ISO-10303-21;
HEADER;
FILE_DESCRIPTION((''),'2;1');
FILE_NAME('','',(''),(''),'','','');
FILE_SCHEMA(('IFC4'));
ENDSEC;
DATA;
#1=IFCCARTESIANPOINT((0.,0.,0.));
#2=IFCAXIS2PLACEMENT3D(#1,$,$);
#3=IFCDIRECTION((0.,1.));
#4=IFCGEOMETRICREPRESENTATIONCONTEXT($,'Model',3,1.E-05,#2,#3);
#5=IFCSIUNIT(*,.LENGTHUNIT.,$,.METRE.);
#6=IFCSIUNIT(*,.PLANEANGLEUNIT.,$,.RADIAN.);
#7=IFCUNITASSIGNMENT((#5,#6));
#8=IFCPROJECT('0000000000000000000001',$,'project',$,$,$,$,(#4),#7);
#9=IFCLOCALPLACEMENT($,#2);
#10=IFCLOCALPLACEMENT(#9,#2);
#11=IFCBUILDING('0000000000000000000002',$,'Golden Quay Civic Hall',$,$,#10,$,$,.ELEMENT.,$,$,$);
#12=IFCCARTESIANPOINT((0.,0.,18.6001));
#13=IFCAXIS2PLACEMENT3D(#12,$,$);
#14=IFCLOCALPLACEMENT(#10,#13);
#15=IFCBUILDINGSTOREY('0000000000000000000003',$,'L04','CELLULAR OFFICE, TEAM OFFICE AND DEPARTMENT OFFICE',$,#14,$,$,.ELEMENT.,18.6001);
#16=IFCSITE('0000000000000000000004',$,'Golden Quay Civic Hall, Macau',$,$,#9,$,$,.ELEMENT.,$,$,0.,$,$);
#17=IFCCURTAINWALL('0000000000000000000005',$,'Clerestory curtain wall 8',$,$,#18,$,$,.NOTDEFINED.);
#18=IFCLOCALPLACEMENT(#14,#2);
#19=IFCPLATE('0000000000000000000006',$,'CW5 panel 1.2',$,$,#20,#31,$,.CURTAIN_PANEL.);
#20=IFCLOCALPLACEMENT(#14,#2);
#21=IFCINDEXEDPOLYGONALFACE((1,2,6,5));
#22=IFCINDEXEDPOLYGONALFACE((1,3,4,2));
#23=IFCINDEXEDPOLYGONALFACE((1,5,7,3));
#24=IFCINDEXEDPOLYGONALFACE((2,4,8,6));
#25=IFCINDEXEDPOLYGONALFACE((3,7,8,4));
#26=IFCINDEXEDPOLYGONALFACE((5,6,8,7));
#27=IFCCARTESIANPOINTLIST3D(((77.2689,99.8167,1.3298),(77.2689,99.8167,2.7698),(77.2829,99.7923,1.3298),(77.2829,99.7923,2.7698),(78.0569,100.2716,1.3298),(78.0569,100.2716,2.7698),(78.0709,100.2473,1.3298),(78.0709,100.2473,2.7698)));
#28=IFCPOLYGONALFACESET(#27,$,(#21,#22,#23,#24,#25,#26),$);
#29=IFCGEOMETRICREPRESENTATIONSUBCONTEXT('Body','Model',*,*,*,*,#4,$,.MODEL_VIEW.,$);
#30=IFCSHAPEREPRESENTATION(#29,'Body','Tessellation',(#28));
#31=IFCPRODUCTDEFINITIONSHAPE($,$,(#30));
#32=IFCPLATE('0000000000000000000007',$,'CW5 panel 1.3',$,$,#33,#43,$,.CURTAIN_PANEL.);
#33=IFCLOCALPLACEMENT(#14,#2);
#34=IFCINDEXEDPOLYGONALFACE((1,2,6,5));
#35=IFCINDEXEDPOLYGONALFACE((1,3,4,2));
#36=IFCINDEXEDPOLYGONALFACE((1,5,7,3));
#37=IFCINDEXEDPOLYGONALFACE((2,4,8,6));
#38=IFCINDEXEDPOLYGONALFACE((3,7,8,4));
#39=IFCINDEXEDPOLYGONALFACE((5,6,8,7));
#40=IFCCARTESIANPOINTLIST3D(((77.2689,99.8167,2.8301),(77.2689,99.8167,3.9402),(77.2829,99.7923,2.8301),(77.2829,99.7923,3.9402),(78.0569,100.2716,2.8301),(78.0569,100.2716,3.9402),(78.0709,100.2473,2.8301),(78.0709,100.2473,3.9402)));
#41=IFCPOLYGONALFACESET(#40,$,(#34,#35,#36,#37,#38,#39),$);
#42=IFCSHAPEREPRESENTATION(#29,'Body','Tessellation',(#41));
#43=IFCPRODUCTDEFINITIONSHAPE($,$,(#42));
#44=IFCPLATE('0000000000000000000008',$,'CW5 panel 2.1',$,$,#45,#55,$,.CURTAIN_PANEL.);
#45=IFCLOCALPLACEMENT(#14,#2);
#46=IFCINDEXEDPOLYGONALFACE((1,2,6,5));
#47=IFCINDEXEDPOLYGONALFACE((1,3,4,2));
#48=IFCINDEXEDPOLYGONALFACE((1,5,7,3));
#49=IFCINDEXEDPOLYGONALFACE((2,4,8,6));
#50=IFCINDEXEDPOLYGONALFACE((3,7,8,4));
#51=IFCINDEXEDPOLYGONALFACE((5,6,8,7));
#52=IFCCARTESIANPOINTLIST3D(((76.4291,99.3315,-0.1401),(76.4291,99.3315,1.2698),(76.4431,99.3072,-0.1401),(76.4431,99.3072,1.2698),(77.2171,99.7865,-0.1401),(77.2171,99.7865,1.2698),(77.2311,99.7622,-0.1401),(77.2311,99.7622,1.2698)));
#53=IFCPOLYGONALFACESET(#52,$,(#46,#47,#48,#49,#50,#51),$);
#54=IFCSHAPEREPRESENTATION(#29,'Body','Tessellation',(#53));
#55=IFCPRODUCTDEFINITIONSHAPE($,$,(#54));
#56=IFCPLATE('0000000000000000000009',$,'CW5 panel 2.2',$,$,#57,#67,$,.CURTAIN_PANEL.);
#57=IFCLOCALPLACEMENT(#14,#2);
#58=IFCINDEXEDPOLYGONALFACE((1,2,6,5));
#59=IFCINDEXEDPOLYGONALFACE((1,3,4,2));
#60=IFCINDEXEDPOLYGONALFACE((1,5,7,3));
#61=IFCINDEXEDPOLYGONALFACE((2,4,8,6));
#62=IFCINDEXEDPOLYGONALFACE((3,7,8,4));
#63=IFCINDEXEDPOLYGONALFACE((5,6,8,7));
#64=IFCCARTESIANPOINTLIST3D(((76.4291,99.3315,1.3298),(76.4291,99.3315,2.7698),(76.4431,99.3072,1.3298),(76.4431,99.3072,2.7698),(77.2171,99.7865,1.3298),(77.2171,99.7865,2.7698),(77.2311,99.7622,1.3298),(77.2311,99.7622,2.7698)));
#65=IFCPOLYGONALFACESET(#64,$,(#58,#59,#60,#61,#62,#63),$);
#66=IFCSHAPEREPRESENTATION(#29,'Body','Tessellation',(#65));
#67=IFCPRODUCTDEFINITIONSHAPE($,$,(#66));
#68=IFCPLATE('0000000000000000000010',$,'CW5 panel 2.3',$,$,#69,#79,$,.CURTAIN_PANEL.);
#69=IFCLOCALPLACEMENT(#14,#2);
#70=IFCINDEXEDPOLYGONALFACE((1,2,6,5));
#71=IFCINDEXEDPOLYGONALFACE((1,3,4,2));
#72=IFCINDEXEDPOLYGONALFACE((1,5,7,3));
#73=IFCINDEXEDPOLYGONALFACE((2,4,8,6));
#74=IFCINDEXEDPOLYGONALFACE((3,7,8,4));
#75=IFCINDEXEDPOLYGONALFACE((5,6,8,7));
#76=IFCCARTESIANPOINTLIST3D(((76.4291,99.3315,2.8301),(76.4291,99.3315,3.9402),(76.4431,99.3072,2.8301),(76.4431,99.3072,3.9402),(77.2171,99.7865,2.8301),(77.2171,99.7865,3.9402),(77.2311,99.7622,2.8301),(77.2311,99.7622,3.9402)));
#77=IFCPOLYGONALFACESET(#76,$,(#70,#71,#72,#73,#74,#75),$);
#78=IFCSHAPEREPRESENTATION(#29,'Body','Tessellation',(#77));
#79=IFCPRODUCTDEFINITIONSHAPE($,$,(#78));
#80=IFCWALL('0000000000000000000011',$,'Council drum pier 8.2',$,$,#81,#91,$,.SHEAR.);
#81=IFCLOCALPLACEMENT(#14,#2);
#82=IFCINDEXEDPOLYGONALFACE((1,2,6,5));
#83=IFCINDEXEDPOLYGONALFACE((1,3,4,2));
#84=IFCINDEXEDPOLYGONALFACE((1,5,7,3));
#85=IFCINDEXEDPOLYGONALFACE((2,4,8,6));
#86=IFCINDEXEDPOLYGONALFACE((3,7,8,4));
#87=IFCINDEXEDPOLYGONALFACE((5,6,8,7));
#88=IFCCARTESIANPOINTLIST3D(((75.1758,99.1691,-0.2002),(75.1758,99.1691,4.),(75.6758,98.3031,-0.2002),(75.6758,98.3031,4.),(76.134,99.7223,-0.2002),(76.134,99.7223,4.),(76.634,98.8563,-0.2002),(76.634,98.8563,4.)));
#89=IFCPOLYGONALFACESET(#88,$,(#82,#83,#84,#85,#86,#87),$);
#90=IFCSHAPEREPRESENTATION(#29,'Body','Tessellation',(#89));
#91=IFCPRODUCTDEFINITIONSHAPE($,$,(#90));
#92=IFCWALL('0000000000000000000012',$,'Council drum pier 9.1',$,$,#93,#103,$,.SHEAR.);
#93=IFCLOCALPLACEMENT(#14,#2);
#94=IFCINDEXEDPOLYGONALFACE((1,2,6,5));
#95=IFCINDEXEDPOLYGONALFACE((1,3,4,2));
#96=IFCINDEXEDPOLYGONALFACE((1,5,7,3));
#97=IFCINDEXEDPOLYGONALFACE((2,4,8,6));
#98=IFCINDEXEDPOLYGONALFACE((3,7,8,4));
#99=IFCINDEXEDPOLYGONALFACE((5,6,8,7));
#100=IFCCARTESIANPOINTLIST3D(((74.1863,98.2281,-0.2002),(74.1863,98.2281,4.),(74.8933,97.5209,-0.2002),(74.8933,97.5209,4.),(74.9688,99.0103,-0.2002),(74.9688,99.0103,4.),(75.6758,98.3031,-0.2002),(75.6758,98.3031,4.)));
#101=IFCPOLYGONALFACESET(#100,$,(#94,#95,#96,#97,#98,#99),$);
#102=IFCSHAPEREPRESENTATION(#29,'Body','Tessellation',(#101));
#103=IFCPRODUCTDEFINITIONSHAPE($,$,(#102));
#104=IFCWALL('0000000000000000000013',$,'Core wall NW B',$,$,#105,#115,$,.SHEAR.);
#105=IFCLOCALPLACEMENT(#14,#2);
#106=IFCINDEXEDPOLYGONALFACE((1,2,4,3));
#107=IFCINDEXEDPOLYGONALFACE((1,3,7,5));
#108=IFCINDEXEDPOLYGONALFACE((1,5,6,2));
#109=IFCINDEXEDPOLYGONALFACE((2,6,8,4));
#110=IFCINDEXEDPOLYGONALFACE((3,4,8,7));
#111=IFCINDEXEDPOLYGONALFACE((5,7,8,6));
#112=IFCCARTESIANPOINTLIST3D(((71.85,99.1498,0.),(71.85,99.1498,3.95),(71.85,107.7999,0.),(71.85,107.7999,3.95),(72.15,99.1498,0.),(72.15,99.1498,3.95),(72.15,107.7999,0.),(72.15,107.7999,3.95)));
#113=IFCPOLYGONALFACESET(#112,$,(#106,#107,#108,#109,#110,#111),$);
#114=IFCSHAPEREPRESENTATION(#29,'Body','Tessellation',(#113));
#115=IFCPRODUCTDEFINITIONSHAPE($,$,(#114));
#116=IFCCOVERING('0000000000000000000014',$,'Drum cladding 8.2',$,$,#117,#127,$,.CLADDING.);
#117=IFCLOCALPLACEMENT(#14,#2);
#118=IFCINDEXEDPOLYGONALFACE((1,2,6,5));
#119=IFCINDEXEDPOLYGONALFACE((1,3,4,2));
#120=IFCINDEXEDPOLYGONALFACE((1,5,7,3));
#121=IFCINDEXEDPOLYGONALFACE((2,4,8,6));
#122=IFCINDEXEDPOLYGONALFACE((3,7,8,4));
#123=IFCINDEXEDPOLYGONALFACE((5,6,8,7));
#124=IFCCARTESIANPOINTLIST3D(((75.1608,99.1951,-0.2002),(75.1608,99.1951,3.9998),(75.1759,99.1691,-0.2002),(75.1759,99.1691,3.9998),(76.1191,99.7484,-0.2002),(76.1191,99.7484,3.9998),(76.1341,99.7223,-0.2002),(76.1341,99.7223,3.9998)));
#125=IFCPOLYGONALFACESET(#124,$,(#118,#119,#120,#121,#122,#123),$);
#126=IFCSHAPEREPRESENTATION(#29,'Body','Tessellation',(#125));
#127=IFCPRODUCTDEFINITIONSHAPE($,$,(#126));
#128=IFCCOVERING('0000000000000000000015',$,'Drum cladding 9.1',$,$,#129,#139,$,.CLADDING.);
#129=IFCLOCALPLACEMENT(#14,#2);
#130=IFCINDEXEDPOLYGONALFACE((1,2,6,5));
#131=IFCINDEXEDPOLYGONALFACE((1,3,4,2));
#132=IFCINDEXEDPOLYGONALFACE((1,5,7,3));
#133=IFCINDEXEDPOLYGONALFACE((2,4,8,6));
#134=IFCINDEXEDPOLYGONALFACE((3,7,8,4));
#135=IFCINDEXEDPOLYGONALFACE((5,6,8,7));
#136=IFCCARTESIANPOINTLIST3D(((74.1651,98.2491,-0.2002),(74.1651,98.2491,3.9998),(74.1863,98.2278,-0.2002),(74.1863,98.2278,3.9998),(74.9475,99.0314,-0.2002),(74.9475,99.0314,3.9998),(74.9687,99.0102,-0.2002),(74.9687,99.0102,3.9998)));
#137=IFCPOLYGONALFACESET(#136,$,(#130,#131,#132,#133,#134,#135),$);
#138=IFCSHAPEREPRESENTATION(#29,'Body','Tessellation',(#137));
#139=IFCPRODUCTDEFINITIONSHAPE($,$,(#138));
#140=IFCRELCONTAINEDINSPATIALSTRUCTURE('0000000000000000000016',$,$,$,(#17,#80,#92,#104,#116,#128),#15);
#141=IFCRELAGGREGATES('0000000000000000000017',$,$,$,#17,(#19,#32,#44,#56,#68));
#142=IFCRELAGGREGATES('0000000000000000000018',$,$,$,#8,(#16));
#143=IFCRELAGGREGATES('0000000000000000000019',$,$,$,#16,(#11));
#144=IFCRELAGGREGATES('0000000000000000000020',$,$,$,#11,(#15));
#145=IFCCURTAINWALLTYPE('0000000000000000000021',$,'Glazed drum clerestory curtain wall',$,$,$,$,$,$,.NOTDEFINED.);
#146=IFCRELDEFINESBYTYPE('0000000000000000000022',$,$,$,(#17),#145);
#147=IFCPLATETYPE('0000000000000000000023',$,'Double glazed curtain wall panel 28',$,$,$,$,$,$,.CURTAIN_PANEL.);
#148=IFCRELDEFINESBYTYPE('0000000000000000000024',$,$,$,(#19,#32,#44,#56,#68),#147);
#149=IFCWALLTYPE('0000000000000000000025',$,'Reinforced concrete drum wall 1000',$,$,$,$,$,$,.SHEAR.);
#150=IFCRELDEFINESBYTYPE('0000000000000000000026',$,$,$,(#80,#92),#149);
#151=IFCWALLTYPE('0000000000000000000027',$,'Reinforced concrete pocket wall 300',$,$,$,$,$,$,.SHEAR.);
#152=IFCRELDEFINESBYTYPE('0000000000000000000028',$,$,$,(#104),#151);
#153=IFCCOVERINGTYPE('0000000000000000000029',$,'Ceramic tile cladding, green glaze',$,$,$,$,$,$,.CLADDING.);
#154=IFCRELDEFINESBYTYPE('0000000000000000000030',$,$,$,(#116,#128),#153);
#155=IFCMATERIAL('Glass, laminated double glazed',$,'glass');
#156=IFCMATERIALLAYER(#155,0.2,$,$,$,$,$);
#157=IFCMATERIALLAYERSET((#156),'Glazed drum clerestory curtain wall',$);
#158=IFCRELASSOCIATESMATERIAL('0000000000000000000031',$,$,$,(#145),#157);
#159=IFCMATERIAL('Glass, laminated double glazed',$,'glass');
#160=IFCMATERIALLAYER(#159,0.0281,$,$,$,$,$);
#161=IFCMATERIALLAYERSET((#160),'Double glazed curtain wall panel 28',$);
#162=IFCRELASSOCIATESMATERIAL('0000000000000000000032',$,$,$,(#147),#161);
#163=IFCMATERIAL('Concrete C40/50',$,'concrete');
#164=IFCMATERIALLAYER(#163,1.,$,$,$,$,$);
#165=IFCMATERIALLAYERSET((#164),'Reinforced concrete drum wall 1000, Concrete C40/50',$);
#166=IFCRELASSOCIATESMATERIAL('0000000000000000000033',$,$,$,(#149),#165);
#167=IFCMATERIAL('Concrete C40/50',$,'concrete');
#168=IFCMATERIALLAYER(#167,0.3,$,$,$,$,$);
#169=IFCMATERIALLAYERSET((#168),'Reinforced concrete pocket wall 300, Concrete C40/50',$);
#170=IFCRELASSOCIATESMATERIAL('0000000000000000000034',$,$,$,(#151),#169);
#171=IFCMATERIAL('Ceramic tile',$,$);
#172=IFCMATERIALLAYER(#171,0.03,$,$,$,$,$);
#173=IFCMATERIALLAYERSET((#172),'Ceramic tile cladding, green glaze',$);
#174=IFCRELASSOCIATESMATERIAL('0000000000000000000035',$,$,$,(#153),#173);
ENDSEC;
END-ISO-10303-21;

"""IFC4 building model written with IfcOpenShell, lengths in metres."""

from ifc_helpers import new_model, si_unit, direction, frame, frame_2d, origin, origin_2d, place, context, subcontext, project, spatial, rectangle, extrude, material, layer, layer_set, type_object, element, aggregate, save


model = new_model("IFC4")

# Units and contexts
model_context = context("Model", 3, precision=1e-05, world=origin(), true_north=direction((0.0, 1.0)))
body_context = subcontext(model_context, "Body", "Model", "MODEL_VIEW")
ifc_project = project(units=[si_unit("LENGTHUNIT", "METRE"), si_unit("PLANEANGLEUNIT", "RADIAN")], contexts=[model_context])

# Site, building, storey
site_placement = place(None, origin())
site = spatial("IfcSite", under=ifc_project, at=site_placement, Name="Golden Quay Civic Hall, Macau", CompositionType="ELEMENT", RefElevation=0.0)
building_placement = place(site_placement, origin())
building = spatial("IfcBuilding", under=site, at=building_placement, Name="Golden Quay Civic Hall", CompositionType="ELEMENT")
storey_placement = place(building_placement, frame((0.0, 0.0, 18.6001)))
storey = spatial("IfcBuildingStorey", under=building, at=storey_placement, Name="L04", Description="CELLULAR OFFICE, TEAM OFFICE AND DEPARTMENT OFFICE", CompositionType="ELEMENT", Elevation=18.6001)

# Curtain wall
ifc_material_1 = material(Name="Glass, laminated double glazed", Category="glass")
ifc_layer_1 = layer(ifc_material_1, 0.2)
ifc_layer_set_1 = layer_set([ifc_layer_1], Name="Glazed drum clerestory curtain wall")
curtain_wall_type = type_object("IfcCurtainWallType", Name="Glazed drum clerestory curtain wall", PredefinedType="NOTDEFINED", material=ifc_layer_set_1)
curtain_wall_1_placement = place(storey_placement, origin())
curtain_wall_1 = element("IfcCurtainWall", 1, at=curtain_wall_1_placement, inside=storey, type_object=curtain_wall_type, Name="Clerestory curtain wall 8", PredefinedType="NOTDEFINED")

# Plates
ifc_material_2 = material(Name="Glass, laminated double glazed", Category="glass")
ifc_layer_2 = layer(ifc_material_2, 0.0281)
ifc_layer_set_2 = layer_set([ifc_layer_2], Name="Double glazed curtain wall panel 28")
plate_type = type_object("IfcPlateType", Name="Double glazed curtain wall panel 28", PredefinedType="CURTAIN_PANEL", material=ifc_layer_set_2)
plate_1_placement = place(storey_placement, frame((77.6699, 100.032, 1.3298), z_axis=(0.0, 0.0, 1.0), x_axis=(-0.866019, -0.500011, 0.0)))
plate_1 = element("IfcPlate", 2, at=plate_1_placement, type_object=plate_type, Name="CW5 panel 1.2", PredefinedType="CURTAIN_PANEL", context=body_context, shape_type="SweptSolid", body=[
    extrude(rectangle(XDim=0.9099, YDim=0.0281, at=origin_2d()), origin(), (0.0, 0.0, 1.0), 1.4399),
])
plate_2_placement = place(storey_placement, frame((77.6699, 100.032, 2.8301), z_axis=(0.0, 0.0, 1.0), x_axis=(-0.866019, -0.500011, 0.0)))
plate_2 = element("IfcPlate", 3, at=plate_2_placement, type_object=plate_type, Name="CW5 panel 1.3", PredefinedType="CURTAIN_PANEL", context=body_context, shape_type="SweptSolid", body=[
    extrude(rectangle(XDim=0.9099, YDim=0.0281, at=origin_2d()), origin(), (0.0, 0.0, 1.0), 1.1101),
])
plate_3_placement = place(storey_placement, frame((76.8301, 99.5469, -0.1401), z_axis=(0.0, 0.0, 1.0), x_axis=(-0.866019, -0.500011, 0.0)))
plate_3 = element("IfcPlate", 4, at=plate_3_placement, type_object=plate_type, Name="CW5 panel 2.1", PredefinedType="CURTAIN_PANEL", context=body_context, shape_type="SweptSolid", body=[
    extrude(rectangle(XDim=0.9099, YDim=0.0281, at=origin_2d()), origin(), (0.0, 0.0, 1.0), 1.4099),
])
plate_4_placement = place(storey_placement, frame((76.8301, 99.5469, 1.3298), z_axis=(0.0, 0.0, 1.0), x_axis=(-0.866019, -0.500011, 0.0)))
plate_4 = element("IfcPlate", 5, at=plate_4_placement, type_object=plate_type, Name="CW5 panel 2.2", PredefinedType="CURTAIN_PANEL", context=body_context, shape_type="SweptSolid", body=[
    extrude(rectangle(XDim=0.9099, YDim=0.0281, at=origin_2d()), origin(), (0.0, 0.0, 1.0), 1.4399),
])
plate_5_placement = place(storey_placement, frame((76.8301, 99.5469, 2.8301), z_axis=(0.0, 0.0, 1.0), x_axis=(-0.866019, -0.500011, 0.0)))
plate_5 = element("IfcPlate", 6, at=plate_5_placement, type_object=plate_type, Name="CW5 panel 2.3", PredefinedType="CURTAIN_PANEL", context=body_context, shape_type="SweptSolid", body=[
    extrude(rectangle(XDim=0.9099, YDim=0.0281, at=origin_2d()), origin(), (0.0, 0.0, 1.0), 1.1101),
])
aggregate(curtain_wall_1, [plate_1, plate_2, plate_3, plate_4, plate_5])

# Walls
ifc_material_3 = material(Name="Concrete C40/50", Category="concrete")
ifc_layer_3 = layer(ifc_material_3, 1.0)
ifc_layer_set_3 = layer_set([ifc_layer_3], Name="Reinforced concrete drum wall 1000, Concrete C40/50")
wall_type_1 = type_object("IfcWallType", Name="Reinforced concrete drum wall 1000", PredefinedType="SHEAR", material=ifc_layer_set_3)
for number, where, z_axis, x_axis, name in (
    (7, (76.384, 99.2893, -0.2002), (0.0, 0.0, 1.0), (-0.866035, -0.499983, 0.0), "Council drum pier 8.2"),
    (8, (75.3223, 98.6567, -0.2002), (0.0, 0.0, 1.0), (-0.707217, -0.706996, 0.0), "Council drum pier 9.1"),
):
    element("IfcWall", number, at=place(storey_placement, frame(where, z_axis=z_axis, x_axis=x_axis)), inside=storey, type_object=wall_type_1, Name=name, PredefinedType="SHEAR", context=body_context, shape_type="SweptSolid", body=[
        extrude(rectangle(XDim=1.1064, YDim=1.0, at=frame_2d((0.5532, 0.0))), origin(), (0.0, 0.0, 1.0), 4.2002),
    ])
ifc_material_4 = material(Name="Concrete C40/50", Category="concrete")
ifc_layer_4 = layer(ifc_material_4, 0.3)
ifc_layer_set_4 = layer_set([ifc_layer_4], Name="Reinforced concrete pocket wall 300, Concrete C40/50")
wall_type_2 = type_object("IfcWallType", Name="Reinforced concrete pocket wall 300", PredefinedType="SHEAR", material=ifc_layer_set_4)
wall_placement = place(storey_placement, frame((72.0, 107.8, 0.0), z_axis=(0.0, 0.0, 1.0), x_axis=(0.0, -1.0, 0.0)))
element("IfcWall", 9, at=wall_placement, inside=storey, type_object=wall_type_2, Name="Core wall NW B", PredefinedType="SHEAR", context=body_context, shape_type="SweptSolid", body=[
    extrude(rectangle(XDim=8.6501, YDim=0.3, at=frame_2d((4.3252, 0.0))), origin(), (0.0, 0.0, 1.0), 3.95),
])

# Coverings
ifc_material_5 = material(Name="Ceramic tile")
ifc_layer_5 = layer(ifc_material_5, 0.03)
ifc_layer_set_5 = layer_set([ifc_layer_5], Name="Ceramic tile cladding, green glaze")
covering_type = type_object("IfcCoveringType", Name="Ceramic tile cladding, green glaze", PredefinedType="CLADDING", material=ifc_layer_set_5)
for number, where, z_axis, x_axis, name in (
    (10, (75.6475, 99.4587, -0.2002), (0.0, 0.0, 1.0), (-0.866025, -0.5, 0.0), "Drum cladding 8.2"),
    (11, (74.5669, 98.6296, -0.2002), (0.0, 0.0, 1.0), (-0.707107, -0.707107, 0.0), "Drum cladding 9.1"),
):
    element("IfcCovering", number, at=place(storey_placement, frame(where, z_axis=z_axis, x_axis=x_axis)), inside=storey, type_object=covering_type, Name=name, PredefinedType="CLADDING", context=body_context, shape_type="SweptSolid", body=[
        extrude(rectangle(XDim=1.1064, YDim=0.03, at=origin_2d()), origin(), (0.0, 0.0, 1.0), 4.2),
    ])

save(model, "model.ifc")
